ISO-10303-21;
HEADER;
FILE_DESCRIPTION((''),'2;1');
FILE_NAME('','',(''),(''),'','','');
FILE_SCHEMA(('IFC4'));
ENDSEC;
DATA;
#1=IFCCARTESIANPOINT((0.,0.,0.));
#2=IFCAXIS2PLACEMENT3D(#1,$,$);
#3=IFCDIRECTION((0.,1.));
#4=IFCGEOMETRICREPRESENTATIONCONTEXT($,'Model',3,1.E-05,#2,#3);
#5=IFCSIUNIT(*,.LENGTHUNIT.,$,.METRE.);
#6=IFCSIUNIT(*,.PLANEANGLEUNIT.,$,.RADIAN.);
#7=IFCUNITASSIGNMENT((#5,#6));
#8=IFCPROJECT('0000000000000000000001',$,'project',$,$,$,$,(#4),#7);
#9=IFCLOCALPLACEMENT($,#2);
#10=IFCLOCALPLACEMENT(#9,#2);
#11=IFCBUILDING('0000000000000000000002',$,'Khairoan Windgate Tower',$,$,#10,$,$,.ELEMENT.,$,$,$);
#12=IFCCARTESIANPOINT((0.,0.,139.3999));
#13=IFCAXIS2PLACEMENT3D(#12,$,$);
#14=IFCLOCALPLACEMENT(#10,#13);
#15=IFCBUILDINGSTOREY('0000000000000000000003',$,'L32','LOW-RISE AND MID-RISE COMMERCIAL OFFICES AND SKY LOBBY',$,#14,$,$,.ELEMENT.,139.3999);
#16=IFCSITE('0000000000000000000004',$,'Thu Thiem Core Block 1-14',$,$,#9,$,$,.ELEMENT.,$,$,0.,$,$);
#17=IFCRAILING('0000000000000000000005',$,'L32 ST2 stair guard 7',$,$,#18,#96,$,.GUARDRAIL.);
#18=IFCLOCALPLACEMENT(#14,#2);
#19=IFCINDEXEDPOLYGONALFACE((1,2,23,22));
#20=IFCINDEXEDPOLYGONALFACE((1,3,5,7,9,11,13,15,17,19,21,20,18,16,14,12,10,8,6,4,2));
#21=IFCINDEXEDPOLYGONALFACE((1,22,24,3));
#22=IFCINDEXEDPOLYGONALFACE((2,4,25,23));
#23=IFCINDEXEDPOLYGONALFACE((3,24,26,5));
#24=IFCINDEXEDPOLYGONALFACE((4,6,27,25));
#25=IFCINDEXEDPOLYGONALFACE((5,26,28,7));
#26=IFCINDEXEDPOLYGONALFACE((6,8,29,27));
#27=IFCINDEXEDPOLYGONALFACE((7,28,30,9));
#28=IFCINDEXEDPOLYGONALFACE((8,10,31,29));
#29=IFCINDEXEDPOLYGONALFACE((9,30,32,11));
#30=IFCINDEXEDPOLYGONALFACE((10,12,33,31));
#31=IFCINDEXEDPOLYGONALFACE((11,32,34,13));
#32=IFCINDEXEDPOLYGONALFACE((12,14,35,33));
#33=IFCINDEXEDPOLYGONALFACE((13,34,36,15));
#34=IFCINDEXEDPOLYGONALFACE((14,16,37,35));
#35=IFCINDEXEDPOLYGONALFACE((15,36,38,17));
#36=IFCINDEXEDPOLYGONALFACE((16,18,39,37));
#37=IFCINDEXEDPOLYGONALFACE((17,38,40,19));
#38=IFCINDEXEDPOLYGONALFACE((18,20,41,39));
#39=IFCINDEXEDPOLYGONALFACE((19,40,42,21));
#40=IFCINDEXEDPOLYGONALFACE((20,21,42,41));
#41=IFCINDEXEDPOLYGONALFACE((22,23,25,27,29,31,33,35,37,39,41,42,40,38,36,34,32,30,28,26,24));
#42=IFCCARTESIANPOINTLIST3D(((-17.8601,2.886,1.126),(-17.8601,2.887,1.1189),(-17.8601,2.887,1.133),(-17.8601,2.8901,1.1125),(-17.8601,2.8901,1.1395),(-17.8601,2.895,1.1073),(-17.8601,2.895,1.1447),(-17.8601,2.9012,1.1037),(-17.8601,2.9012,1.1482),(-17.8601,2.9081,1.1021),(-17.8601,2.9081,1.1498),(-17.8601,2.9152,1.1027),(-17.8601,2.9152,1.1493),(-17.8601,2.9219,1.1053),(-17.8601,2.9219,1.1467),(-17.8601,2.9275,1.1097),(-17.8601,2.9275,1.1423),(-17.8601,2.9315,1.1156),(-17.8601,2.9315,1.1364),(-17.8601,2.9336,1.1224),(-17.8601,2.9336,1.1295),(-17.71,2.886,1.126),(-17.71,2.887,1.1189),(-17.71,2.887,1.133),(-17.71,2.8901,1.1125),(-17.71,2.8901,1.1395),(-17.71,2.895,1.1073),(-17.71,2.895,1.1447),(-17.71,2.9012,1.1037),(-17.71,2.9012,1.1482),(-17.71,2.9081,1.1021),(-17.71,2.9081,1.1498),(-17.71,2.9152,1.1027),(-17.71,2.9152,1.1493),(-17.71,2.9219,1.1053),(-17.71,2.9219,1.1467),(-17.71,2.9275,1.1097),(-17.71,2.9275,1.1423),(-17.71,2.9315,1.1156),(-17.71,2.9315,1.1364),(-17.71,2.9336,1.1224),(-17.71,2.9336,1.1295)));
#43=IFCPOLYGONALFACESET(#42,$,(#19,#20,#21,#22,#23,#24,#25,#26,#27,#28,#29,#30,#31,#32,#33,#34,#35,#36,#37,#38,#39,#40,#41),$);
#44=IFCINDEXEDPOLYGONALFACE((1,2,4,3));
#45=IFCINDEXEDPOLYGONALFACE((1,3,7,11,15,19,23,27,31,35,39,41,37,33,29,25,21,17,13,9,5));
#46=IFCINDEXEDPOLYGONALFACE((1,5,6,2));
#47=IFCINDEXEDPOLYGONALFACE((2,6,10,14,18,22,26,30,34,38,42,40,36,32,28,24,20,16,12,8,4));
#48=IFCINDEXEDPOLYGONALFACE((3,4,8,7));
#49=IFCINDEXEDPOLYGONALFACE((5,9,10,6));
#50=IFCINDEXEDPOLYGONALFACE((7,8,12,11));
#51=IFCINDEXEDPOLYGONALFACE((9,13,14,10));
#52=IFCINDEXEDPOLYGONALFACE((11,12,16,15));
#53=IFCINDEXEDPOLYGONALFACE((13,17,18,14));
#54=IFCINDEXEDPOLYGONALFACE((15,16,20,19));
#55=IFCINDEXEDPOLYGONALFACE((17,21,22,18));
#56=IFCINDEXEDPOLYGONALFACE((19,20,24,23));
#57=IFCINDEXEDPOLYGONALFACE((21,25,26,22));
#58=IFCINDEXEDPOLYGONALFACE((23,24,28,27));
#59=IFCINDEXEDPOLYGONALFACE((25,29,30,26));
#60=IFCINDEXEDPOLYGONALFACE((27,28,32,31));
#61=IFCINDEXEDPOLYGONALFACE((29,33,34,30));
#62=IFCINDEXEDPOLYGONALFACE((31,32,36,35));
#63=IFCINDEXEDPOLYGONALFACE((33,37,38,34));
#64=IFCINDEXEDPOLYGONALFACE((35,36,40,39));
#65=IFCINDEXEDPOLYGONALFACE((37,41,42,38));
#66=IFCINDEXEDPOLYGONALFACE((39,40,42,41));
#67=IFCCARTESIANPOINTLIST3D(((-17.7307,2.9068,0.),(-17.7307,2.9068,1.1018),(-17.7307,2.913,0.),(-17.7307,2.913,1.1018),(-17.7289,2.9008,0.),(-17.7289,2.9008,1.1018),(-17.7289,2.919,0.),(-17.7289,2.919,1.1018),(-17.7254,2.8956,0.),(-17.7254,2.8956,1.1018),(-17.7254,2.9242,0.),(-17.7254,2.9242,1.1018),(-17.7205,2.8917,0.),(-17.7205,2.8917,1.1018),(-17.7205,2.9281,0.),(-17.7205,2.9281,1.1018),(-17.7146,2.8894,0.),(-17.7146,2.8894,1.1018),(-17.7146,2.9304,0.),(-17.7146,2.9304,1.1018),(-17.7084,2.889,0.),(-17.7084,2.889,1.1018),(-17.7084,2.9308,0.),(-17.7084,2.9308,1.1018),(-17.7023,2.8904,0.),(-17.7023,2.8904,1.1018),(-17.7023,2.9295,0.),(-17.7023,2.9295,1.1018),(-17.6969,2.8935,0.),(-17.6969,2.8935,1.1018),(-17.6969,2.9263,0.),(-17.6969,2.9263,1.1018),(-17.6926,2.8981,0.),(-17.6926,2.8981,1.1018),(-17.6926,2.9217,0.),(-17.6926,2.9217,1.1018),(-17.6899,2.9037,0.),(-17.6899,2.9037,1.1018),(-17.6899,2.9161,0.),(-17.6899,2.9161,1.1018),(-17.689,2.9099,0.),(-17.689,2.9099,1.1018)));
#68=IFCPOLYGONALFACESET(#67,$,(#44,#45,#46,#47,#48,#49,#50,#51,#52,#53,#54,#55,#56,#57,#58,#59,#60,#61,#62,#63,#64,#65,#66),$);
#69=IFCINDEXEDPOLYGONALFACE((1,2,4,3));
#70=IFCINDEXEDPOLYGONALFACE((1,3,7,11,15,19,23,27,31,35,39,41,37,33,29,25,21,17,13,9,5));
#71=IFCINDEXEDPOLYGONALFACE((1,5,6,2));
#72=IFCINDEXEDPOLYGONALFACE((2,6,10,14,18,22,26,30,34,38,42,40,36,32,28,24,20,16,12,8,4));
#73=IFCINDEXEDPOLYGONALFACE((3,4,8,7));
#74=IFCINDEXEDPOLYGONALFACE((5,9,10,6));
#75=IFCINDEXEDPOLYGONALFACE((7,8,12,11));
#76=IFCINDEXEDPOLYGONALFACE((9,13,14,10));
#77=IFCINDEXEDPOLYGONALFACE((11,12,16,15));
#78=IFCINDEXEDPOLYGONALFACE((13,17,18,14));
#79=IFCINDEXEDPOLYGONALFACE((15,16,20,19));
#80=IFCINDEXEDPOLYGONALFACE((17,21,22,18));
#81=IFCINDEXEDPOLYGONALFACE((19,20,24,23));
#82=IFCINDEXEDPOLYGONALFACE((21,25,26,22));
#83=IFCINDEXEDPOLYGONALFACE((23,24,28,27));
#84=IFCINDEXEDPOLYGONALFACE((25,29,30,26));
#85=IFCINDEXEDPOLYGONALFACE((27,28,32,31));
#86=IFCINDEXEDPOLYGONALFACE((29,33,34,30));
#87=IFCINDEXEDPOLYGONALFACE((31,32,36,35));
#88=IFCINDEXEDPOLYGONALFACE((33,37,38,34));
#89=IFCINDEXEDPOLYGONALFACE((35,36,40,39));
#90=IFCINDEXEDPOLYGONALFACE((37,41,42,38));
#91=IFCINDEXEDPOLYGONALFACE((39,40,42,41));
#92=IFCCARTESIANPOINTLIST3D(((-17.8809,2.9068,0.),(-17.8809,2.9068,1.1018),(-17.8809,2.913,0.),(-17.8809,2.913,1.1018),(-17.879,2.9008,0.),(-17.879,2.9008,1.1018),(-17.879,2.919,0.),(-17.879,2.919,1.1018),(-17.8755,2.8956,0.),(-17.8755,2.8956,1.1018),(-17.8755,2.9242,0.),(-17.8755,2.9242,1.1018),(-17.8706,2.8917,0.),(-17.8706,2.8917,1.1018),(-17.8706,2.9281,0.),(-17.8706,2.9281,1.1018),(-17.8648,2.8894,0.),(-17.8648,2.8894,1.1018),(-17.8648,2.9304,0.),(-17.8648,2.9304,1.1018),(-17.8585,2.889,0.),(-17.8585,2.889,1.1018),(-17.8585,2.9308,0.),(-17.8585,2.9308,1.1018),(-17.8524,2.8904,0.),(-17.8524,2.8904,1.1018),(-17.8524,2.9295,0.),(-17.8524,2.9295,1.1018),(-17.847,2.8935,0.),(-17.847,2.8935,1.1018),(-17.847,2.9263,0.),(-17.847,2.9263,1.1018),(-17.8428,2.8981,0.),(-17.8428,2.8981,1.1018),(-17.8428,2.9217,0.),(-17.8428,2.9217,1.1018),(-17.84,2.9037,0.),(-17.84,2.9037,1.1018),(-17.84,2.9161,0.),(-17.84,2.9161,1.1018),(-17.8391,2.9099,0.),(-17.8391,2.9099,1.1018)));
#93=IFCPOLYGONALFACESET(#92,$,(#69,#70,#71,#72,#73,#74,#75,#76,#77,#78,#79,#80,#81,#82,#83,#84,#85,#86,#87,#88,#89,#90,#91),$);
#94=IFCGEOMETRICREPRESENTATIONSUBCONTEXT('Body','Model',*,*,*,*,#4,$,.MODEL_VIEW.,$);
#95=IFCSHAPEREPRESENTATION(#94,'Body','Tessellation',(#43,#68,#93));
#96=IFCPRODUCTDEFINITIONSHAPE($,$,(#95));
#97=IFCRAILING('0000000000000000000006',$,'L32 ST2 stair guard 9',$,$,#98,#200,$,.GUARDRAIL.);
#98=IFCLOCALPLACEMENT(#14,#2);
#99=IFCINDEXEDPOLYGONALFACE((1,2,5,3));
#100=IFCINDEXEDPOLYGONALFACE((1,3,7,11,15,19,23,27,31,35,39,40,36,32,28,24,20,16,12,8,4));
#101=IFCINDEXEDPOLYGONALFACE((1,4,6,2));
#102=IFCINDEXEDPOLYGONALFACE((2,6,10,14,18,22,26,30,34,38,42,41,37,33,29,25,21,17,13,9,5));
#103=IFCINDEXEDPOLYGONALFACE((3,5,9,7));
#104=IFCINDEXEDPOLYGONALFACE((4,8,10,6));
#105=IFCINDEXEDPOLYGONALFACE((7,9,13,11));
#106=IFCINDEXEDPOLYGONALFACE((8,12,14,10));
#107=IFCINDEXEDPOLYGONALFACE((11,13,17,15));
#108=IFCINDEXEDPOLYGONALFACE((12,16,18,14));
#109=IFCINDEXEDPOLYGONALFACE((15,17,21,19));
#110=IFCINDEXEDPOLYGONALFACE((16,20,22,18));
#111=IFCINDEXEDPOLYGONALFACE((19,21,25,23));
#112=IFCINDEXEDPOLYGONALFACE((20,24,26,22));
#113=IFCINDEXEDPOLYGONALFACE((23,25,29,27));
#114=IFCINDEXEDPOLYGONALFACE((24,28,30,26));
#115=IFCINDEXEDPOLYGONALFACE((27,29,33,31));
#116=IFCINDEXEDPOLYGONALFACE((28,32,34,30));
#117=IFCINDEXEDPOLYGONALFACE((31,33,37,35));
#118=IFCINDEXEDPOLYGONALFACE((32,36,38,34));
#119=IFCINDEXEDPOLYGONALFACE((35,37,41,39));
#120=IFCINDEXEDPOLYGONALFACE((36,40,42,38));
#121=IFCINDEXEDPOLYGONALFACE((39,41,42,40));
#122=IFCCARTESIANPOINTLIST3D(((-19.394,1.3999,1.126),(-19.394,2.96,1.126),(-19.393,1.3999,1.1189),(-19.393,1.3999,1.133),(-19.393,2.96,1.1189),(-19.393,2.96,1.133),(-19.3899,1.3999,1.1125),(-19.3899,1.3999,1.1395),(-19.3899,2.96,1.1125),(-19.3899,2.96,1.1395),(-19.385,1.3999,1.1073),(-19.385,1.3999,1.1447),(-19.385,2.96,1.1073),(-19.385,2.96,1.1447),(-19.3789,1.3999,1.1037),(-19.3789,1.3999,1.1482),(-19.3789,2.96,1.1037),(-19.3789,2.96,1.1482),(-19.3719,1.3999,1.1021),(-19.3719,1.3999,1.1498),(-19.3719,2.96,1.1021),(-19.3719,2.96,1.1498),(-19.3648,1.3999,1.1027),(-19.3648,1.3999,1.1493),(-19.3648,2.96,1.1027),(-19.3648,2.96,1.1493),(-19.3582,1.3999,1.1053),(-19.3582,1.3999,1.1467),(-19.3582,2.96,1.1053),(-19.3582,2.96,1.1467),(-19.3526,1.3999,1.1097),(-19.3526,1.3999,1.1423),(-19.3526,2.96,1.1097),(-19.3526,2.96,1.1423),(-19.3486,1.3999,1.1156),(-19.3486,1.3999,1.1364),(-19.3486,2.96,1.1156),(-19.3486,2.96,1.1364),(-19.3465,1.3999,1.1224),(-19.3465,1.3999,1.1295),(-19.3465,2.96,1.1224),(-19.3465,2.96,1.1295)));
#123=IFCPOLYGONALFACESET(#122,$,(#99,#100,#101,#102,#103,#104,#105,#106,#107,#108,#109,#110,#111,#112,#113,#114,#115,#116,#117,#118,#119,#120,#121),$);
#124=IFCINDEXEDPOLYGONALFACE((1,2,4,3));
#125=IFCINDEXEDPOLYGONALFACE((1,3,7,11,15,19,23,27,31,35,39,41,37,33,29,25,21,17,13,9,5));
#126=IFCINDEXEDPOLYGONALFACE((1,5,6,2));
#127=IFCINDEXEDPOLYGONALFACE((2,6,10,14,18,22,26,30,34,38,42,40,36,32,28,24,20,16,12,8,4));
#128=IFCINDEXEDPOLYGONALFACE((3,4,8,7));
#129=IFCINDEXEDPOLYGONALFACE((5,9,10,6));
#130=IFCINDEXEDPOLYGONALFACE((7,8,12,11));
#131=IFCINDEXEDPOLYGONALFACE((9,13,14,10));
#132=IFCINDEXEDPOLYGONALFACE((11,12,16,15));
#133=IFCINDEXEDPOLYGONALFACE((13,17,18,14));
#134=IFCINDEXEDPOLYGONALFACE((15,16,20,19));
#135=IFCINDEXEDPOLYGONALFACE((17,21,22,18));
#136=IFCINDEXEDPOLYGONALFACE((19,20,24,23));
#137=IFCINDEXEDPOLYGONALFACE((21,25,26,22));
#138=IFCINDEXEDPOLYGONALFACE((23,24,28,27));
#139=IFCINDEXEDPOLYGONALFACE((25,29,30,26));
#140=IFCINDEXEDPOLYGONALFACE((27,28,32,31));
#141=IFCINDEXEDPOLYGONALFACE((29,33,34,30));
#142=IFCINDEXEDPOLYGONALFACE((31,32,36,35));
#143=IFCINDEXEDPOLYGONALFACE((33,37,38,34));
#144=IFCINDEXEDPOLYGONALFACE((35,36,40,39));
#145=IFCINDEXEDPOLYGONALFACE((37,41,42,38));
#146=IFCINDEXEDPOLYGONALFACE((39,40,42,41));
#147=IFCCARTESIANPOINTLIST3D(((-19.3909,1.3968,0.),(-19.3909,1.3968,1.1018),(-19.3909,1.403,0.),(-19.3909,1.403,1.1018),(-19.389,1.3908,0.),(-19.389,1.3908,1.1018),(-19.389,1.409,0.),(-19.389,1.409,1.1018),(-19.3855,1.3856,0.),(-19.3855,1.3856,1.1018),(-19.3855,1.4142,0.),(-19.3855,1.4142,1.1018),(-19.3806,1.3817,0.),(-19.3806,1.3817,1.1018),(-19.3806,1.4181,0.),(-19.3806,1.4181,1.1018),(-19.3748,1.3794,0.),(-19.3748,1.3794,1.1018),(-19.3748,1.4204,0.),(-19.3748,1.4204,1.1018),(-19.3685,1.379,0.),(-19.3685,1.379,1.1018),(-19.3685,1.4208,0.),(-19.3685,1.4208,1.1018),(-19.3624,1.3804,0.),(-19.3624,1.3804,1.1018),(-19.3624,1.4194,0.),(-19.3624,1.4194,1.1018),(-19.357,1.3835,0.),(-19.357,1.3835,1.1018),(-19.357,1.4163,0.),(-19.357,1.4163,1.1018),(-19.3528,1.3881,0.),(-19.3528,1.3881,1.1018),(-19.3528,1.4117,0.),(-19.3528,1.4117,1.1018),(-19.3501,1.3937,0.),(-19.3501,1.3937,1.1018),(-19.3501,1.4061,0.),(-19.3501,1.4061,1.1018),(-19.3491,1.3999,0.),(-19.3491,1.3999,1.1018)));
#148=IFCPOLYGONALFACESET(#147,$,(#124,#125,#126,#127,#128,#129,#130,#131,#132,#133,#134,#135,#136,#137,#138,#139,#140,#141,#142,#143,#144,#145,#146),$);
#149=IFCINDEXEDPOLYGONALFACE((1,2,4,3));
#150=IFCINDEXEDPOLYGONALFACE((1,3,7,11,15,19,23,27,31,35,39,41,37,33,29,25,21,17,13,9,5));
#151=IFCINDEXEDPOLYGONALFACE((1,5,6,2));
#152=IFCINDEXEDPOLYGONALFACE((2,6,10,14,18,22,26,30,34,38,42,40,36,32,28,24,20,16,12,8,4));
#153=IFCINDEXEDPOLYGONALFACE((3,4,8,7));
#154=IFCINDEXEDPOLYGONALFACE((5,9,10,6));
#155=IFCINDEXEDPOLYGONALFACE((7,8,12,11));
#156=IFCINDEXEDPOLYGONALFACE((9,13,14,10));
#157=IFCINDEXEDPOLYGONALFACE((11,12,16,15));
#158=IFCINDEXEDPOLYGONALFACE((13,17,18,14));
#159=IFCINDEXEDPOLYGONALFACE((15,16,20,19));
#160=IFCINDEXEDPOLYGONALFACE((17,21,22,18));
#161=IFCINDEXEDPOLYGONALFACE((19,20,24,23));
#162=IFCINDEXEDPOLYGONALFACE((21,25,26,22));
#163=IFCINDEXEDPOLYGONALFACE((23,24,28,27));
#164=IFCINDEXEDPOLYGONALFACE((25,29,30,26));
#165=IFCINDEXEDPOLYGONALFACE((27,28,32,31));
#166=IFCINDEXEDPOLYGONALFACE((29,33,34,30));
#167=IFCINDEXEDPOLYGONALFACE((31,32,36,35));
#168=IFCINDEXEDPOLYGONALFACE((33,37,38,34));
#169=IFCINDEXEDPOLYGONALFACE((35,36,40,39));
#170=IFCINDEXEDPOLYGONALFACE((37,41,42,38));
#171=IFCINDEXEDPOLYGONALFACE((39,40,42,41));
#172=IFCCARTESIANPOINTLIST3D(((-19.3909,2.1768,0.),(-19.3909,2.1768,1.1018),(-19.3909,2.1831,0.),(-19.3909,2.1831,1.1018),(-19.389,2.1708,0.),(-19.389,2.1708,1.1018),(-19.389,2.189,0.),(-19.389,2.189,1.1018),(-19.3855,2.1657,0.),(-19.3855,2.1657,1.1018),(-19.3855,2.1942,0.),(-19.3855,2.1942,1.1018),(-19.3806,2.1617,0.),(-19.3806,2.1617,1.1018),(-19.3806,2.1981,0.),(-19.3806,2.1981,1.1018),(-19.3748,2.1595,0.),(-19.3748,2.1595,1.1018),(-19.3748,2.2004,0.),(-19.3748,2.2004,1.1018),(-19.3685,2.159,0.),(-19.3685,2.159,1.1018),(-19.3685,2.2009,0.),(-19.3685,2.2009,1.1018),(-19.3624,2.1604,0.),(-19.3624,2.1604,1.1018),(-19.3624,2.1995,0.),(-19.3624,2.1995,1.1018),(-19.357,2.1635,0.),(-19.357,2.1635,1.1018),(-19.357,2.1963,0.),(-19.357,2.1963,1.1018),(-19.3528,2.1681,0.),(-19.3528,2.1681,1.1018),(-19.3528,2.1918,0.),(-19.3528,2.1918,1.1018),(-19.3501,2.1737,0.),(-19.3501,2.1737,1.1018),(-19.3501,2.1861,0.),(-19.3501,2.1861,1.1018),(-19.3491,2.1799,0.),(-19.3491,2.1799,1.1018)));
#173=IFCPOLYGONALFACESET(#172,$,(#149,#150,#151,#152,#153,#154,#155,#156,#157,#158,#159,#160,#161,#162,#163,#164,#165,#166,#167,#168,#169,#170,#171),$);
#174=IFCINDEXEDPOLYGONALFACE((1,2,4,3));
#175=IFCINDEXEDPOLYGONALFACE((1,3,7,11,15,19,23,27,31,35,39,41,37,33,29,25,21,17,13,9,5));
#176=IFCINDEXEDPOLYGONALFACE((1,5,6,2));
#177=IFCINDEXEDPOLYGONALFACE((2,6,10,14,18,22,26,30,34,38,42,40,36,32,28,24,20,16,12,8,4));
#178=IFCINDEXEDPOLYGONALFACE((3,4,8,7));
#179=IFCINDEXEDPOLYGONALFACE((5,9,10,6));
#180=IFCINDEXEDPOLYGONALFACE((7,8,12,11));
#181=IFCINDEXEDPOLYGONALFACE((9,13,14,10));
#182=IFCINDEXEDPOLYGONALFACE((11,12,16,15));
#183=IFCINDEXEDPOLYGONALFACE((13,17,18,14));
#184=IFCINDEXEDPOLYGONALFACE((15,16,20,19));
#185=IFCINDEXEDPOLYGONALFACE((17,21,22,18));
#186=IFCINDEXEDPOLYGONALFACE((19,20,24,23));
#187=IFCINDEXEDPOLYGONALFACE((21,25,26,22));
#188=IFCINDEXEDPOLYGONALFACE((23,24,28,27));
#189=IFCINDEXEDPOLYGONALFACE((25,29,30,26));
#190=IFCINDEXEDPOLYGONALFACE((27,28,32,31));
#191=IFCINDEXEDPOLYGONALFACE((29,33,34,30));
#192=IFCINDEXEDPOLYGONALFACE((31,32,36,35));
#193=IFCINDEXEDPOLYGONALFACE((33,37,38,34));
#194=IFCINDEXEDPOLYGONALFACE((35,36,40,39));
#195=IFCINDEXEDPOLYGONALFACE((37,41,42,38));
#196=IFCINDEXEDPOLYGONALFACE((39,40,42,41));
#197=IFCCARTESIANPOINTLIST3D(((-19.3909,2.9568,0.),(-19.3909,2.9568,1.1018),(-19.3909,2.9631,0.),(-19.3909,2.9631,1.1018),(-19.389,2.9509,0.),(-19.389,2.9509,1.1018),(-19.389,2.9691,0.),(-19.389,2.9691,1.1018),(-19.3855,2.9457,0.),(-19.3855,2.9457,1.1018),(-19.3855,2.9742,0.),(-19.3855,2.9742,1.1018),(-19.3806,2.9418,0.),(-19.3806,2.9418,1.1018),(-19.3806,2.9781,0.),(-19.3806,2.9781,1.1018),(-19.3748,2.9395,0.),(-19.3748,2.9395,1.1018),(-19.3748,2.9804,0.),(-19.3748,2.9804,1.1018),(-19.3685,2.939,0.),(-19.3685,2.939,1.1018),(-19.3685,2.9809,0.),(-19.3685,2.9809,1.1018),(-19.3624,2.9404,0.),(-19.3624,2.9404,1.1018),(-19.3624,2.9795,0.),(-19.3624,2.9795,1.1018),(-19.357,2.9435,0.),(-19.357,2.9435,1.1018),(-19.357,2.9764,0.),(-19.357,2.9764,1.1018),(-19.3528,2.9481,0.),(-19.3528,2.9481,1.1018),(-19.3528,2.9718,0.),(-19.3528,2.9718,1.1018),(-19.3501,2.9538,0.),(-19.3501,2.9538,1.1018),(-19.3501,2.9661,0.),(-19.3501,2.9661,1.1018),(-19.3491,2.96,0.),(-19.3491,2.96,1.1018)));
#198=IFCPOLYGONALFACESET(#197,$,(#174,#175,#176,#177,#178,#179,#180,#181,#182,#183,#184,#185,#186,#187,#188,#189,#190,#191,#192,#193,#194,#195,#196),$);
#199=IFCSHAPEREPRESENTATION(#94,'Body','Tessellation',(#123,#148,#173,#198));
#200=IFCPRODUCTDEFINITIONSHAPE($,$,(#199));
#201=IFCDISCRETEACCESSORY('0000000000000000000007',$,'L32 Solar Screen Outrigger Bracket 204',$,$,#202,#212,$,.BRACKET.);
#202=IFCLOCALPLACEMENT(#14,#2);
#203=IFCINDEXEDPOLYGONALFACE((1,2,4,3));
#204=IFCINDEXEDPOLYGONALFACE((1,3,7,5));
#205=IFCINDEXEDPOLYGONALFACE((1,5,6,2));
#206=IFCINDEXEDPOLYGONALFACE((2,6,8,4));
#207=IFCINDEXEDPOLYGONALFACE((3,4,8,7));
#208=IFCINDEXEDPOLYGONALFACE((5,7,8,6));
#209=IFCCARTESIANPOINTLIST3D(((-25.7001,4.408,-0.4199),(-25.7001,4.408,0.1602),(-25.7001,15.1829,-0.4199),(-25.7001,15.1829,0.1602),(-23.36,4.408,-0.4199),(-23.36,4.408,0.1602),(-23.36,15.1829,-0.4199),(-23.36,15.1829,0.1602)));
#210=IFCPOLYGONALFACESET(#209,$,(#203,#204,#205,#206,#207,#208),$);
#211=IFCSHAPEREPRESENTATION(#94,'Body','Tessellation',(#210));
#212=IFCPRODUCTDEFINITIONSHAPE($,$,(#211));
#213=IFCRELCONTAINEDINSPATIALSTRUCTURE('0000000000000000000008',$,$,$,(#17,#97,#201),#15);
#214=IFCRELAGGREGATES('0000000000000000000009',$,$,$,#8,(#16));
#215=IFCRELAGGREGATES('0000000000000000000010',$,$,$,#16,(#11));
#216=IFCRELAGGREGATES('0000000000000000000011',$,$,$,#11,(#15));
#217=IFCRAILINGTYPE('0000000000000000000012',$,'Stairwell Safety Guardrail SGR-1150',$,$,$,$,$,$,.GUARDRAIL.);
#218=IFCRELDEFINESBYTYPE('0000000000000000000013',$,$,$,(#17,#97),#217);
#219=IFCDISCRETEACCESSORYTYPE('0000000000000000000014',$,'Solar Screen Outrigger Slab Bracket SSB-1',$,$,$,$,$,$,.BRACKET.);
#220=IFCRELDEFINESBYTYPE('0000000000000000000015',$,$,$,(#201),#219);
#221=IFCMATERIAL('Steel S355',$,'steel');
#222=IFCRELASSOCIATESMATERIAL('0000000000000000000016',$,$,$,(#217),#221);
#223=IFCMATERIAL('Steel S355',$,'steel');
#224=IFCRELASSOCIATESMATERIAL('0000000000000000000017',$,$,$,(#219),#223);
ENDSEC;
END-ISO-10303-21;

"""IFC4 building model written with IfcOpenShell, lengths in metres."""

from ifc_helpers import new_model, si_unit, direction, frame, origin, origin_2d, place, context, subcontext, project, spatial, rectangle, circle, extrude, material, type_object, element, save


model = new_model("IFC4")

# Units and contexts
model_context = context("Model", 3, precision=1e-05, world=origin(), true_north=direction((0.0, 1.0)))
body_context = subcontext(model_context, "Body", "Model", "MODEL_VIEW")
ifc_project = project(units=[si_unit("LENGTHUNIT", "METRE"), si_unit("PLANEANGLEUNIT", "RADIAN")], contexts=[model_context])

# Site, building, storey
site_placement = place(None, origin())
site = spatial("IfcSite", under=ifc_project, at=site_placement, Name="Thu Thiem Core Block 1-14", CompositionType="ELEMENT", RefElevation=0.0)
building_placement = place(site_placement, origin())
building = spatial("IfcBuilding", under=site, at=building_placement, Name="Khairoan Windgate Tower", CompositionType="ELEMENT")
storey_placement = place(building_placement, frame((0.0, 0.0, 139.3999)))
storey = spatial("IfcBuildingStorey", under=building, at=storey_placement, Name="L32", Description="LOW-RISE AND MID-RISE COMMERCIAL OFFICES AND SKY LOBBY", CompositionType="ELEMENT", Elevation=139.3999)

# Railings
ifc_material_1 = material(Name="Steel S355", Category="steel")
railing_type_1 = type_object("IfcRailingType", Name="Stairwell Safety Guardrail SGR-1150", PredefinedType="GUARDRAIL", material=ifc_material_1)
railing_1_placement = place(storey_placement, frame((-17.71, 2.9099, 0.0)))
element("IfcRailing", 1, at=railing_1_placement, inside=storey, type_object=railing_type_1, Name="L32 ST2 stair guard 7", PredefinedType="GUARDRAIL", context=body_context, shape_type="SweptSolid", body=[
    extrude(circle(Radius=0.0239, at=origin_2d()), frame((0.0, 0.0, 1.126), z_axis=(-1.0, 0.0, 0.0), x_axis=(0.0, -1.0, 0.0)), (0.0, 0.0, 1.0), 0.1501),
    extrude(circle(Radius=0.021, at=origin_2d()), origin(), (0.0, 0.0, 1.0), 1.1018),
    extrude(circle(Radius=0.021, at=origin_2d()), frame((-0.1501, 0.0, 0.0)), (0.0, 0.0, 1.0), 1.1018),
])
railing_2_placement = place(storey_placement, frame((-19.3701, 1.3999, 0.0)))
element("IfcRailing", 2, at=railing_2_placement, inside=storey, type_object=railing_type_1, Name="L32 ST2 stair guard 9", PredefinedType="GUARDRAIL", context=body_context, shape_type="SweptSolid", body=[
    extrude(circle(Radius=0.0239, at=origin_2d()), frame((0.0, 0.0, 1.126), z_axis=(0.0, 1.0, 0.0), x_axis=(-1.0, 0.0, 0.0)), (0.0, 0.0, 1.0), 1.5601),
    extrude(circle(Radius=0.021, at=origin_2d()), origin(), (0.0, 0.0, 1.0), 1.1018),
    extrude(circle(Radius=0.021, at=origin_2d()), frame((0.0, 0.78, 0.0)), (0.0, 0.0, 1.0), 1.1018),
    extrude(circle(Radius=0.021, at=origin_2d()), frame((0.0, 1.5601, 0.0)), (0.0, 0.0, 1.0), 1.1018),
])

# Discrete accessory
ifc_material_2 = material(Name="Steel S355", Category="steel")
discrete_accessory_type = type_object("IfcDiscreteAccessoryType", Name="Solar Screen Outrigger Slab Bracket SSB-1", PredefinedType="BRACKET", material=ifc_material_2)
discrete_accessory_placement = place(storey_placement, frame((-24.53, 9.7954, -0.4199), z_axis=(0.0, 0.0, 1.0), x_axis=(0.0, 1.0, 0.0)))
element("IfcDiscreteAccessory", 3, at=discrete_accessory_placement, inside=storey, type_object=discrete_accessory_type, Name="L32 Solar Screen Outrigger Bracket 204", PredefinedType="BRACKET", context=body_context, shape_type="SweptSolid", body=[
    extrude(rectangle(XDim=10.7749, YDim=2.3401, at=origin_2d()), origin(), (0.0, 0.0, 1.0), 0.5801),
])

save(model, "model.ifc")
